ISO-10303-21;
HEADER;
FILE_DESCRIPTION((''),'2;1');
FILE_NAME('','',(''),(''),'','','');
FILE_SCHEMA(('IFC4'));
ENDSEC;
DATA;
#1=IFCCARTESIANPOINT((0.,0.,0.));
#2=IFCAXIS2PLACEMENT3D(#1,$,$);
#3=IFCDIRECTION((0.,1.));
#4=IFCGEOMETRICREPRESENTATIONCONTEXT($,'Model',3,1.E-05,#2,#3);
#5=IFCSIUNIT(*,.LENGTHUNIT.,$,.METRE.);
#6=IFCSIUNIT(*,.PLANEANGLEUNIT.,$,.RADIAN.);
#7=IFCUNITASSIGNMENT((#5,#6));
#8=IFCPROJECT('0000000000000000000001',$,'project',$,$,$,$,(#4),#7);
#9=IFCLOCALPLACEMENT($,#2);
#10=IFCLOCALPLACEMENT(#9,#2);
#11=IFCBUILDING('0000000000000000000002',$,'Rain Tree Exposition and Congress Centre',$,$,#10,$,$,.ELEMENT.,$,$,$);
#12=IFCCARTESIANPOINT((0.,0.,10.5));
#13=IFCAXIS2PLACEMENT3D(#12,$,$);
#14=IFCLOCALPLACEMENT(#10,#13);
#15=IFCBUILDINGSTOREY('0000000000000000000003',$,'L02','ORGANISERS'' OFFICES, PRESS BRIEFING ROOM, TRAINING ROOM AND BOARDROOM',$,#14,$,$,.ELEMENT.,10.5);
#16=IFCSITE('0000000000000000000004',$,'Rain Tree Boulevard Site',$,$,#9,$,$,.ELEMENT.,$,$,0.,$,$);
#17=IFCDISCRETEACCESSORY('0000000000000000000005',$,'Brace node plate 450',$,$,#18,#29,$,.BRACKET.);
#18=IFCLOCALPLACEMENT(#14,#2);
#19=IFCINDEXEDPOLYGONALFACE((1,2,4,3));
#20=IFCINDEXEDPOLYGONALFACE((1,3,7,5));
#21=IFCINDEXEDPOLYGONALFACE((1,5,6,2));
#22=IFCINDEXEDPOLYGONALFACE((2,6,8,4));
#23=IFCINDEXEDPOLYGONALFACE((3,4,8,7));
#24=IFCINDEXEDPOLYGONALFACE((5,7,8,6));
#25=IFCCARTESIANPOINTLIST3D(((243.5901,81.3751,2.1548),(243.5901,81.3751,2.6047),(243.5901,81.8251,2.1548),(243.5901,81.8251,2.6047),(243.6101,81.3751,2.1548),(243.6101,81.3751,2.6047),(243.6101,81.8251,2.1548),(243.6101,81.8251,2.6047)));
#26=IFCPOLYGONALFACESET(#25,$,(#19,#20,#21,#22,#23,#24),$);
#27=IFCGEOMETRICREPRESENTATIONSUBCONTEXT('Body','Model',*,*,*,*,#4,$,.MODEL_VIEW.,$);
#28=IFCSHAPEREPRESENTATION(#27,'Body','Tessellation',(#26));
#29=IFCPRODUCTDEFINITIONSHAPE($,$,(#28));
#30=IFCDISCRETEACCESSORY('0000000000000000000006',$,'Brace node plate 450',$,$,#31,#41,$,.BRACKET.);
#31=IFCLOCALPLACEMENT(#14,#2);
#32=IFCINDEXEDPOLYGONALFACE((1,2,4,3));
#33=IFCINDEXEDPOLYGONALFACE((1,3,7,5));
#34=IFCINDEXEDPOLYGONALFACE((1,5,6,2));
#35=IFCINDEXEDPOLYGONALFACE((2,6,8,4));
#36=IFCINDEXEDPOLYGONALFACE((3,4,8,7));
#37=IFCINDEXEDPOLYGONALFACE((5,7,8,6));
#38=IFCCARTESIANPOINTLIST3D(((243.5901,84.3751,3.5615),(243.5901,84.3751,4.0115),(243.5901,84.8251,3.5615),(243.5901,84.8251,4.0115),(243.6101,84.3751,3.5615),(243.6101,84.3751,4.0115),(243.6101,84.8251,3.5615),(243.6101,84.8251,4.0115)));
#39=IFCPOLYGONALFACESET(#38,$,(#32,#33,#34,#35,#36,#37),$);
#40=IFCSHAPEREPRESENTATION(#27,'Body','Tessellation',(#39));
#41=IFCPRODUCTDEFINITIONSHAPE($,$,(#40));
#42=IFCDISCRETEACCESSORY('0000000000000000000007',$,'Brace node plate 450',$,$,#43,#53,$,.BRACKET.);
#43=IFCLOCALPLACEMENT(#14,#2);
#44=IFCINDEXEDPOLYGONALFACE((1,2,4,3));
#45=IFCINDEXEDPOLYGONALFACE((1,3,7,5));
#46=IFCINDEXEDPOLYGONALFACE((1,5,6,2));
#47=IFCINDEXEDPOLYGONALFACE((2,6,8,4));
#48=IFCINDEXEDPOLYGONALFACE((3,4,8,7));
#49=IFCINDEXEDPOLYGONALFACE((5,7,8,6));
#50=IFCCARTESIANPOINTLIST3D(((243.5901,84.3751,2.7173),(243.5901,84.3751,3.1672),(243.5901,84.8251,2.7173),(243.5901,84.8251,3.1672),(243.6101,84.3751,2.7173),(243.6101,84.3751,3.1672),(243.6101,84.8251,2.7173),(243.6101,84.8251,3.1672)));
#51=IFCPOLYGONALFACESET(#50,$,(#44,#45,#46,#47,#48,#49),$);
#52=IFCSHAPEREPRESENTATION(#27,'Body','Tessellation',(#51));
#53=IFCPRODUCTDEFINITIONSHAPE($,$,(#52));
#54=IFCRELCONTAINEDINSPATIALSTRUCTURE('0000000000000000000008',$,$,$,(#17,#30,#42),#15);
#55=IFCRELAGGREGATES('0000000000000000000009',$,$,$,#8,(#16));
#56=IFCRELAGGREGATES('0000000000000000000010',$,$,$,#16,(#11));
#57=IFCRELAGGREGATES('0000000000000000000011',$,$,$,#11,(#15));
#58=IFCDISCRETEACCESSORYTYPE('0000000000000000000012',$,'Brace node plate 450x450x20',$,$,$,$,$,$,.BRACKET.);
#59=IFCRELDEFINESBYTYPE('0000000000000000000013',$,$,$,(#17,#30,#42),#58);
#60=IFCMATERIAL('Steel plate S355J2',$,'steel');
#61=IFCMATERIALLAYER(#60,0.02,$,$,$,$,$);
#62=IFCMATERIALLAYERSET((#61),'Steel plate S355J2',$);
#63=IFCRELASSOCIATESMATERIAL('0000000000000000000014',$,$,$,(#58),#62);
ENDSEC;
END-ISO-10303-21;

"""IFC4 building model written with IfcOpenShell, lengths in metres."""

from ifc_helpers import new_model, si_unit, direction, frame, origin, origin_2d, place, context, subcontext, project, spatial, rectangle, extrude, material, layer, layer_set, type_object, element, save


model = new_model("IFC4")

# Units and contexts
model_context = context("Model", 3, precision=1e-05, world=origin(), true_north=direction((0.0, 1.0)))
body_context = subcontext(model_context, "Body", "Model", "MODEL_VIEW")
ifc_project = project(units=[si_unit("LENGTHUNIT", "METRE"), si_unit("PLANEANGLEUNIT", "RADIAN")], contexts=[model_context])

# Site, building, storey
site_placement = place(None, origin())
site = spatial("IfcSite", under=ifc_project, at=site_placement, Name="Rain Tree Boulevard Site", CompositionType="ELEMENT", RefElevation=0.0)
building_placement = place(site_placement, origin())
building = spatial("IfcBuilding", under=site, at=building_placement, Name="Rain Tree Exposition and Congress Centre", CompositionType="ELEMENT")
storey_placement = place(building_placement, frame((0.0, 0.0, 10.5)))
storey = spatial("IfcBuildingStorey", under=building, at=storey_placement, Name="L02", Description="ORGANISERS' OFFICES, PRESS BRIEFING ROOM, TRAINING ROOM AND BOARDROOM", CompositionType="ELEMENT", Elevation=10.5)

# Discrete accessories
ifc_material_1 = material(Name="Steel plate S355J2", Category="steel")
ifc_layer = layer(ifc_material_1, 0.02)
ifc_layer_set = layer_set([ifc_layer], Name="Steel plate S355J2")
discrete_accessory_type = type_object("IfcDiscreteAccessoryType", Name="Brace node plate 450x450x20", PredefinedType="BRACKET", material=ifc_layer_set)
for number, where, z_axis, x_axis, name in (
    (1, (243.6001, 81.6001, 2.1548), (0.0, 0.0, 1.0), (0.0, 1.0, 0.0), "Brace node plate 450"),
    (2, (243.6001, 84.6001, 3.5615), (0.0, 0.0, 1.0), (0.0, -1.0, 0.0), "Brace node plate 450"),
    (3, (243.6001, 84.6001, 2.7173), (0.0, 0.0, 1.0), (0.0, 1.0, 0.0), "Brace node plate 450"),
):
    element("IfcDiscreteAccessory", number, at=place(storey_placement, frame(where, z_axis=z_axis, x_axis=x_axis)), inside=storey, type_object=discrete_accessory_type, Name=name, PredefinedType="BRACKET", context=body_context, shape_type="SweptSolid", body=[
        extrude(rectangle(XDim=0.45, YDim=0.02, at=origin_2d()), origin(), (0.0, 0.0, 1.0), 0.45),
    ])

save(model, "model.ifc")
